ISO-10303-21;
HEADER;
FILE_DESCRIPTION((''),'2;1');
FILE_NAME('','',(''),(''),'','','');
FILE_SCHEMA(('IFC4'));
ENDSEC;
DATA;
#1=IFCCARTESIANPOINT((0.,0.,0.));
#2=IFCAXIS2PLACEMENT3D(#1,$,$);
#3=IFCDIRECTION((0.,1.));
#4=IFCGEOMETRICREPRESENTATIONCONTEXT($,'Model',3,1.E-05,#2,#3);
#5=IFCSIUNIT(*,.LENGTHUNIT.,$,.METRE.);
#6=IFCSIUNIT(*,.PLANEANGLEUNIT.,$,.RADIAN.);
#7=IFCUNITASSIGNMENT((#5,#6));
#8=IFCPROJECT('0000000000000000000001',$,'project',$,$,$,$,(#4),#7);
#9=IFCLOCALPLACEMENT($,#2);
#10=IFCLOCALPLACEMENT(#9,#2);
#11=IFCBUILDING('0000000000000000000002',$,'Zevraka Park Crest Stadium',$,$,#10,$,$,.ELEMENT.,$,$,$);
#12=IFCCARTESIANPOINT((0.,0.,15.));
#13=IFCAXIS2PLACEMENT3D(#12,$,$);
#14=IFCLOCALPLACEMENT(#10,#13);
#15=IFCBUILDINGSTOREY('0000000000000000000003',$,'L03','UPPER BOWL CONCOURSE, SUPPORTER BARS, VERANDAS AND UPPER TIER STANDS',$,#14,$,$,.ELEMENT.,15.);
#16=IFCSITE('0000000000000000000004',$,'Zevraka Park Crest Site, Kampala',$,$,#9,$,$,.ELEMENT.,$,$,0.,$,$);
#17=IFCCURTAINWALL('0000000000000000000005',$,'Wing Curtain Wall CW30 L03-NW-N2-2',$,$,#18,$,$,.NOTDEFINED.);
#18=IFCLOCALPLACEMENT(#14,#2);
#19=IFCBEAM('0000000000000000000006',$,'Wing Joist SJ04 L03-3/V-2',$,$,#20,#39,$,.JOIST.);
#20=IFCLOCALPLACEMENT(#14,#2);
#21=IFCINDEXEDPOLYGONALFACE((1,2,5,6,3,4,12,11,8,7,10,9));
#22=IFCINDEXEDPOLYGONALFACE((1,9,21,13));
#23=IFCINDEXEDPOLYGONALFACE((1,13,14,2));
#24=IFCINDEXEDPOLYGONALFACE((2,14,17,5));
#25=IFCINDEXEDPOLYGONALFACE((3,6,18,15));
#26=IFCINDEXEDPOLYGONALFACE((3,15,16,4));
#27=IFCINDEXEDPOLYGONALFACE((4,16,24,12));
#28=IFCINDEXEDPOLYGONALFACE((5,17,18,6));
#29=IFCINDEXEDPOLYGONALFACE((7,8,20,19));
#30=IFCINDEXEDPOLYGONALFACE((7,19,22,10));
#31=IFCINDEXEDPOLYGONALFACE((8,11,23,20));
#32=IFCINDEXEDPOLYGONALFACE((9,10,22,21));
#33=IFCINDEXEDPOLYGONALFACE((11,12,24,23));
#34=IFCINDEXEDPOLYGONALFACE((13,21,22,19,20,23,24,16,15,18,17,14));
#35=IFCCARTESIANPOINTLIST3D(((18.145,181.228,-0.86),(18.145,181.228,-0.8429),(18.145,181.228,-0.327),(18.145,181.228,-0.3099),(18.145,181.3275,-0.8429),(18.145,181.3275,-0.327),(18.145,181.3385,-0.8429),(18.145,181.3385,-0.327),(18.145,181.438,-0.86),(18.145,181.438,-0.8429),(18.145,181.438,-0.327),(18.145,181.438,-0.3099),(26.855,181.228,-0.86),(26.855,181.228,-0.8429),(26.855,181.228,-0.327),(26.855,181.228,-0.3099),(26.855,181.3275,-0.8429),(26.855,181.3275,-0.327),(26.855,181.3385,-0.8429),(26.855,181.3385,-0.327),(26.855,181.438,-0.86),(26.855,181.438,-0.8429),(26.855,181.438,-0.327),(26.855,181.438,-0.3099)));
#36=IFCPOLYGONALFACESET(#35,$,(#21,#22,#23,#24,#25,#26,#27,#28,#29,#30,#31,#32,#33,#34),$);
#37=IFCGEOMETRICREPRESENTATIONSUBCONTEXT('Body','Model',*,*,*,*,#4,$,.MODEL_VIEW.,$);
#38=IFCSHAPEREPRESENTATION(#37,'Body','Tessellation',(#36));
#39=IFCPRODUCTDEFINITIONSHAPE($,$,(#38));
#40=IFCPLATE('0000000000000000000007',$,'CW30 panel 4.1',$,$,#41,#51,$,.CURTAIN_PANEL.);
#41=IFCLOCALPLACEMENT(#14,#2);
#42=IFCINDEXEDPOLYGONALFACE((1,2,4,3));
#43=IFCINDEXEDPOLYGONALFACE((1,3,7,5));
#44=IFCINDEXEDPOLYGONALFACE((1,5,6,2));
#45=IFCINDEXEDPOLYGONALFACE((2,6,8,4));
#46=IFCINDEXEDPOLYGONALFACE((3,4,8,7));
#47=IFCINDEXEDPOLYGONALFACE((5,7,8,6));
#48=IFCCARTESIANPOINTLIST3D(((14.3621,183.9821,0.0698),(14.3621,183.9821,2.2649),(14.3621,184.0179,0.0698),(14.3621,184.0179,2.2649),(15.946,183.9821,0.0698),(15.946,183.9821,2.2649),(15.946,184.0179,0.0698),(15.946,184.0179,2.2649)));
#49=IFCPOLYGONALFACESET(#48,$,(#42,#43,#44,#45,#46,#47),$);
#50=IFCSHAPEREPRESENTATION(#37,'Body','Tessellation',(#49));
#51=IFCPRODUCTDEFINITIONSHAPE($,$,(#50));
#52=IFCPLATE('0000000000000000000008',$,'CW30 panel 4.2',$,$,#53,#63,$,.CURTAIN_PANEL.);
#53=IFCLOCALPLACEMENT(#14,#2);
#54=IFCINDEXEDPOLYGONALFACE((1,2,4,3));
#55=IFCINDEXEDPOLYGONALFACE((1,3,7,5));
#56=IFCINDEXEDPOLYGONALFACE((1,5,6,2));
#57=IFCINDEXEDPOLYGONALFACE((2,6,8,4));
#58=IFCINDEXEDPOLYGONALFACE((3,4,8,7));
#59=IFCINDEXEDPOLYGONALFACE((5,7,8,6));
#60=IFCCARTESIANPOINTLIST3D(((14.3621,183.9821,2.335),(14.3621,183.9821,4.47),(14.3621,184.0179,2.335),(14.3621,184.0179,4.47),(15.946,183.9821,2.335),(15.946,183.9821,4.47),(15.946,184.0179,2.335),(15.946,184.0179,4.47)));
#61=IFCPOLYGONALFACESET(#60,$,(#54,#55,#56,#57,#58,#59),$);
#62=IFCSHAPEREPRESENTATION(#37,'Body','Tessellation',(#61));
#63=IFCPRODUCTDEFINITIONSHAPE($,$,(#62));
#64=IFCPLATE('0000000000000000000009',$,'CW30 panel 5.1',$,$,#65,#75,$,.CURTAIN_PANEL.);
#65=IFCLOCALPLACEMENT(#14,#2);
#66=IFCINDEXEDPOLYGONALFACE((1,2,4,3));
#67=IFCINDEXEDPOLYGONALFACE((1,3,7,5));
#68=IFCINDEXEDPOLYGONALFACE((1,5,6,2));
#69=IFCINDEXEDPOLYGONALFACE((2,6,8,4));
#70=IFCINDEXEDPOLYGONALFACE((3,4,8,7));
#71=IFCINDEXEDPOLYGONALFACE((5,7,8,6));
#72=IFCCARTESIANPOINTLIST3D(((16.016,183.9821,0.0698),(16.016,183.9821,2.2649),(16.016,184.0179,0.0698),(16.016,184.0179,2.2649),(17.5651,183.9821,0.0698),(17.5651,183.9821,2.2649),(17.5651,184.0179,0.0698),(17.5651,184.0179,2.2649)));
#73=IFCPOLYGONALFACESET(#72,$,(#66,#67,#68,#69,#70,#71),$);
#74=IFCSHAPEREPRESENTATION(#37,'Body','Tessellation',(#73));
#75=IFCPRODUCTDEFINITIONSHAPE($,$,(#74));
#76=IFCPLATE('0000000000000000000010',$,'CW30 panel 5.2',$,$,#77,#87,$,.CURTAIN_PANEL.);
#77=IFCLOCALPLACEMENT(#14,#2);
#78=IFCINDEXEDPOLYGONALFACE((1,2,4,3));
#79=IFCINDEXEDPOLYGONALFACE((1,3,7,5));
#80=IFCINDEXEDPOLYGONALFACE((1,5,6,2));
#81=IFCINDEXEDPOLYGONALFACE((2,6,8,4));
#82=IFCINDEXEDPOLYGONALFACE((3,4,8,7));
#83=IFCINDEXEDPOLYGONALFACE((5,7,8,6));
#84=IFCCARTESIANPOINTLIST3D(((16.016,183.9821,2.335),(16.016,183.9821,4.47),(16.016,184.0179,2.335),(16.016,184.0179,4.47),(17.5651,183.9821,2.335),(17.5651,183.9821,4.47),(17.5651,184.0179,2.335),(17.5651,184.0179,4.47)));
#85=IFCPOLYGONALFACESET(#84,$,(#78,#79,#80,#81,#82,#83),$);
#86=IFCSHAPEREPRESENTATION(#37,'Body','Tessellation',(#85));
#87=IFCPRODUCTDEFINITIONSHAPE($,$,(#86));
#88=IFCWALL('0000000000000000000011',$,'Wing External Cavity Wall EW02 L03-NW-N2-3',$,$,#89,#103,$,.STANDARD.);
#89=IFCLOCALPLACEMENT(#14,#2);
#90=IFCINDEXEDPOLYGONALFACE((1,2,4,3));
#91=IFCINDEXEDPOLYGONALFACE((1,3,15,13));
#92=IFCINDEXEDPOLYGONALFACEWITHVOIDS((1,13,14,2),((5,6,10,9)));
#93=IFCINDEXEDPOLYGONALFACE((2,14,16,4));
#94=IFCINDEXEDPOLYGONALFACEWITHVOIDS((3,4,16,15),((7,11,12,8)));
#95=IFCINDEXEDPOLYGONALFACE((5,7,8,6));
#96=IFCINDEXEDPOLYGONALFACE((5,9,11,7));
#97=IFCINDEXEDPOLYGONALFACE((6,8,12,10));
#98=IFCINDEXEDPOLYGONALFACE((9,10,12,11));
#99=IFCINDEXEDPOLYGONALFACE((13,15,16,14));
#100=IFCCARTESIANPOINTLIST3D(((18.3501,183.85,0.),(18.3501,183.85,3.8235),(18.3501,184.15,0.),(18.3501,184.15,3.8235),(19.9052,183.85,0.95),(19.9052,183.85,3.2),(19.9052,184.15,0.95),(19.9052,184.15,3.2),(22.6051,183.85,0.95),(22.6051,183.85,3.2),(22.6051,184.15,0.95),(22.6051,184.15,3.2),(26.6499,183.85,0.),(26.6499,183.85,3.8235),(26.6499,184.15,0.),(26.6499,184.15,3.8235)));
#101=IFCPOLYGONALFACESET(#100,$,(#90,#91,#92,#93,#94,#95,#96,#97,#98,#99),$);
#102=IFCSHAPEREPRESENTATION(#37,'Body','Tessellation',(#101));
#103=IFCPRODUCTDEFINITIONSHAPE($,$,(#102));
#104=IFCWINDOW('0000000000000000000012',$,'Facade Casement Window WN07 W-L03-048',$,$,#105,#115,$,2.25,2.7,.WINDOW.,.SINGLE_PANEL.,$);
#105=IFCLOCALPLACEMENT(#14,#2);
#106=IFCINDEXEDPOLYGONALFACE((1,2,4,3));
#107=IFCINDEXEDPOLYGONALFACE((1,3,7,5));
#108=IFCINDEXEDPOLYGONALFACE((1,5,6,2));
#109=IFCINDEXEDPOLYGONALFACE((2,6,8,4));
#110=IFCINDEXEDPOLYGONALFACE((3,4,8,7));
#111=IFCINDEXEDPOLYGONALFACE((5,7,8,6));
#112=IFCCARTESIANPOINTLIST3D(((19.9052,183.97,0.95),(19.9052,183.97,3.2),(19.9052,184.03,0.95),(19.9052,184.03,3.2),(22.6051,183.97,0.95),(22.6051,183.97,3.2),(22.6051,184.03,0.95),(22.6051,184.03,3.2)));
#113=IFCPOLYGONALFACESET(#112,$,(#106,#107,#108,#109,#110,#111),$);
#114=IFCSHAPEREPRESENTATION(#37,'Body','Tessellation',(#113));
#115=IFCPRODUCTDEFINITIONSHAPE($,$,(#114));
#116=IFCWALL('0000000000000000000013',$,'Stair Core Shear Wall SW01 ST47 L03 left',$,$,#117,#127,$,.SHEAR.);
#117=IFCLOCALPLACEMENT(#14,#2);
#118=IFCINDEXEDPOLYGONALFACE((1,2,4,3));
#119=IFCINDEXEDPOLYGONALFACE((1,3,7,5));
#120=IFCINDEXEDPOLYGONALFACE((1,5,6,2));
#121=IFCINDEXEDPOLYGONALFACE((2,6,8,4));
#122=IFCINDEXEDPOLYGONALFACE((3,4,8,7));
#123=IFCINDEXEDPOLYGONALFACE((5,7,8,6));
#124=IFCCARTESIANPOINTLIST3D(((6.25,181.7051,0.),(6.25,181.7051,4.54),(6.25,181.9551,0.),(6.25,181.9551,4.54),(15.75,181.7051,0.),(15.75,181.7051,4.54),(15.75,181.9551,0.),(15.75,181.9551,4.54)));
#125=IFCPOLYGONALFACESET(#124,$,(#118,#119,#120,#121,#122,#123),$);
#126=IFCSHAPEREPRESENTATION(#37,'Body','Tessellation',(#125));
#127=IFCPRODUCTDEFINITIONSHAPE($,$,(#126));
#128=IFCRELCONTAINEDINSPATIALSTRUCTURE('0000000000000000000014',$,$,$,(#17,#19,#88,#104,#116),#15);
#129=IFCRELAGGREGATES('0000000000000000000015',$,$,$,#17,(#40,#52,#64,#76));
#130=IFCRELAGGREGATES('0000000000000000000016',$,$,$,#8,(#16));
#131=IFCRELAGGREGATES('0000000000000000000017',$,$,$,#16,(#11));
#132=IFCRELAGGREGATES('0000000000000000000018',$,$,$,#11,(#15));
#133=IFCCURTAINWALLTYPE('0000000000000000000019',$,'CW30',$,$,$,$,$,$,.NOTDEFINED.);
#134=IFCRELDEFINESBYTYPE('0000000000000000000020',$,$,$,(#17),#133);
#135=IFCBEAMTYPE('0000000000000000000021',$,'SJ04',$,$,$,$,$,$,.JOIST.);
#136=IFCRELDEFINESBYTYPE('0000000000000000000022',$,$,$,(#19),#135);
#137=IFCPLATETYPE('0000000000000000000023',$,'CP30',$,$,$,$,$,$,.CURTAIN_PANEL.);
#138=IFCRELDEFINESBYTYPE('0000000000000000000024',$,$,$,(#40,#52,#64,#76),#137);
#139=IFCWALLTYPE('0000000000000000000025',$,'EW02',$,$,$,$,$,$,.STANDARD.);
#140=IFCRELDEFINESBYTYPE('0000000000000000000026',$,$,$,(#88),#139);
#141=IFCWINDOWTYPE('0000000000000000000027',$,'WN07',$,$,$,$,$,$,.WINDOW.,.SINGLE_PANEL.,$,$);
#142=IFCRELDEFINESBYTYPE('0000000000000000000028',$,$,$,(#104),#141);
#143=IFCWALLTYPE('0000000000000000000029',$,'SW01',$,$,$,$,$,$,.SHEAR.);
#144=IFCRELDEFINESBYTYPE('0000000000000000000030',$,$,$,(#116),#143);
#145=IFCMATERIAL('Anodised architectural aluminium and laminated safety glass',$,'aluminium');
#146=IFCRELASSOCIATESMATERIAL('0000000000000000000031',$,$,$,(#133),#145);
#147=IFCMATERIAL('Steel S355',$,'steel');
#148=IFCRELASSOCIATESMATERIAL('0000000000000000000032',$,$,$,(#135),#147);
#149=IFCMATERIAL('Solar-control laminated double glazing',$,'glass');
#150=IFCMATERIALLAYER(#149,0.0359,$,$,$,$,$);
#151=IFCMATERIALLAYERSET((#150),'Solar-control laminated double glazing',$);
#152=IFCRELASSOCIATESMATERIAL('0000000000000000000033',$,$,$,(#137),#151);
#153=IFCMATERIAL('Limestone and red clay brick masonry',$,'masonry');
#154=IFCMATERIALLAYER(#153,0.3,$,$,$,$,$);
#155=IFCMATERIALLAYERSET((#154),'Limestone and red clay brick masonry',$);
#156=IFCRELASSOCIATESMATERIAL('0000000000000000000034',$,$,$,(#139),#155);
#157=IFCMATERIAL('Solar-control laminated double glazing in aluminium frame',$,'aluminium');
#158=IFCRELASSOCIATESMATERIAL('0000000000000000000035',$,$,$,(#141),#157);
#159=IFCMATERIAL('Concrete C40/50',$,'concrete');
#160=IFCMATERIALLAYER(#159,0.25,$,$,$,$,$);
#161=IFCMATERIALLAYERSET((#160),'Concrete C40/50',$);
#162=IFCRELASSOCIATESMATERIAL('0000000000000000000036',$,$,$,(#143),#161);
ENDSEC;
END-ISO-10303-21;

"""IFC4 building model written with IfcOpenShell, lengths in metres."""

from ifc_helpers import new_model, si_unit, direction, frame, frame_2d, origin, origin_2d, place, context, subcontext, project, spatial, rectangle, i_section, extrude, material, layer, layer_set, material_profile, profile_set, type_object, element, fill, aggregate, save


model = new_model("IFC4")

# Units and contexts
model_context = context("Model", 3, precision=1e-05, world=origin(), true_north=direction((0.0, 1.0)))
body_context = subcontext(model_context, "Body", "Model", "MODEL_VIEW")
ifc_project = project(units=[si_unit("LENGTHUNIT", "METRE"), si_unit("PLANEANGLEUNIT", "RADIAN")], contexts=[model_context])

# Site, building, storey
site_placement = place(None, origin())
site = spatial("IfcSite", under=ifc_project, at=site_placement, Name="Zevraka Park Crest Site, Kampala", CompositionType="ELEMENT", RefElevation=0.0)
building_placement = place(site_placement, origin())
building = spatial("IfcBuilding", under=site, at=building_placement, Name="Zevraka Park Crest Stadium", CompositionType="ELEMENT")
storey_placement = place(building_placement, frame((0.0, 0.0, 15.0)))
storey = spatial("IfcBuildingStorey", under=building, at=storey_placement, Name="L03", Description="UPPER BOWL CONCOURSE, SUPPORTER BARS, VERANDAS AND UPPER TIER STANDS", CompositionType="ELEMENT", Elevation=15.0)

# Curtain wall
ifc_material_1 = material(Name="Anodised architectural aluminium and laminated safety glass", Category="aluminium")
curtain_wall_type = type_object("IfcCurtainWallType", Name="CW30", PredefinedType="NOTDEFINED", material=ifc_material_1)
curtain_wall_placement = place(storey_placement, origin())
curtain_wall = element("IfcCurtainWall", 1, at=curtain_wall_placement, inside=storey, type_object=curtain_wall_type, Name="Wing Curtain Wall CW30 L03-NW-N2-2", PredefinedType="NOTDEFINED")

# Beam
ifc_material_2 = material(Name="Steel S355", Category="steel")
ifc_material_profile_1 = material_profile(ifc_material_2, i_section(OverallWidth=0.21, OverallDepth=0.55, WebThickness=0.011, FlangeThickness=0.0171, at=origin_2d()), Name="IPE 550")
ifc_profile_set_1 = profile_set([ifc_material_profile_1], Name="Steel S355")
beam_type_1 = type_object("IfcBeamType", Name="SJ04", PredefinedType="JOIST", material=ifc_profile_set_1)
for number, where, z_axis, x_axis, name in (
    (2, (18.145, 181.333, -0.585), (1.0, 0.0, 0.0), (0.0, 1.0, 0.0), "Wing Joist SJ04 L03-3/V-2"),
):
    element("IfcBeam", number, at=place(storey_placement, frame(where, z_axis=z_axis, x_axis=x_axis)), inside=storey, type_object=beam_type_1, Name=name, PredefinedType="JOIST", context=body_context, shape_type="SweptSolid", body=[
        extrude(i_section(OverallWidth=0.21, OverallDepth=0.55, WebThickness=0.011, FlangeThickness=0.0171, at=origin_2d()), origin(), (0.0, 0.0, 1.0), 8.71),
    ])

# Plates
ifc_material_3 = material(Name="Solar-control laminated double glazing", Category="glass")
ifc_layer_1 = layer(ifc_material_3, 0.0359)
ifc_layer_set_1 = layer_set([ifc_layer_1], Name="Solar-control laminated double glazing")
plate_type = type_object("IfcPlateType", Name="CP30", PredefinedType="CURTAIN_PANEL", material=ifc_layer_set_1)
plate_1_placement = place(storey_placement, frame((15.1541, 184.0, 0.0698), z_axis=(0.0, 0.0, 1.0), x_axis=(1.0, 0.0, 0.0)))
plate_1 = element("IfcPlate", 3, at=plate_1_placement, type_object=plate_type, Name="CW30 panel 4.1", PredefinedType="CURTAIN_PANEL", context=body_context, shape_type="SweptSolid", body=[
    extrude(rectangle(XDim=1.584, YDim=0.0359, at=origin_2d()), origin(), (0.0, 0.0, 1.0), 2.1951),
])
plate_2_placement = place(storey_placement, frame((15.1541, 184.0, 2.335), z_axis=(0.0, 0.0, 1.0), x_axis=(1.0, 0.0, 0.0)))
plate_2 = element("IfcPlate", 4, at=plate_2_placement, type_object=plate_type, Name="CW30 panel 4.2", PredefinedType="CURTAIN_PANEL", context=body_context, shape_type="SweptSolid", body=[
    extrude(rectangle(XDim=1.584, YDim=0.0359, at=origin_2d()), origin(), (0.0, 0.0, 1.0), 2.135),
])
plate_3_placement = place(storey_placement, frame((16.7905, 184.0, 0.0698), z_axis=(0.0, 0.0, 1.0), x_axis=(1.0, 0.0, 0.0)))
plate_3 = element("IfcPlate", 5, at=plate_3_placement, type_object=plate_type, Name="CW30 panel 5.1", PredefinedType="CURTAIN_PANEL", context=body_context, shape_type="SweptSolid", body=[
    extrude(rectangle(XDim=1.5491, YDim=0.0359, at=origin_2d()), origin(), (0.0, 0.0, 1.0), 2.1951),
])
plate_4_placement = place(storey_placement, frame((16.7905, 184.0, 2.335), z_axis=(0.0, 0.0, 1.0), x_axis=(1.0, 0.0, 0.0)))
plate_4 = element("IfcPlate", 6, at=plate_4_placement, type_object=plate_type, Name="CW30 panel 5.2", PredefinedType="CURTAIN_PANEL", context=body_context, shape_type="SweptSolid", body=[
    extrude(rectangle(XDim=1.5491, YDim=0.0359, at=origin_2d()), origin(), (0.0, 0.0, 1.0), 2.135),
])
aggregate(curtain_wall, [plate_1, plate_2, plate_3, plate_4])

# Wall, opening, window
ifc_material_4 = material(Name="Limestone and red clay brick masonry", Category="masonry")
ifc_layer_2 = layer(ifc_material_4, 0.3)
ifc_layer_set_2 = layer_set([ifc_layer_2], Name="Limestone and red clay brick masonry")
wall_type_1 = type_object("IfcWallType", Name="EW02", PredefinedType="STANDARD", material=ifc_layer_set_2)
wall_1_placement = place(storey_placement, frame((18.3501, 184.0, 0.0), z_axis=(0.0, 0.0, 1.0), x_axis=(1.0, 0.0, 0.0)))
wall_1 = element("IfcWall", 7, at=wall_1_placement, inside=storey, type_object=wall_type_1, Name="Wing External Cavity Wall EW02 L03-NW-N2-3", PredefinedType="STANDARD", context=body_context, shape_type="SweptSolid", body=[
    extrude(rectangle(XDim=8.2998, YDim=0.3, at=frame_2d((4.1499, 0.0))), origin(), (0.0, 0.0, 1.0), 3.8235),
])
opening_placement = place(wall_1_placement, frame((1.5549, 0.0, 0.95)))
opening = element("IfcOpeningElement", 8, at=opening_placement, cuts=wall_1, PredefinedType="OPENING", context=body_context, shape_type="SweptSolid", body=[
    extrude(rectangle(XDim=2.7, YDim=2.25, at=frame_2d((1.3501, 1.125))), frame((0.0, 0.1599, 0.0), z_axis=(0.0, -1.0, 0.0), x_axis=(1.0, 0.0, 0.0)), (0.0, 0.0, 1.0), 0.3201),
])
ifc_material_5 = material(Name="Solar-control laminated double glazing in aluminium frame", Category="aluminium")
window_type = type_object("IfcWindowType", Name="WN07", PartitioningType="SINGLE_PANEL", PredefinedType="WINDOW", material=ifc_material_5)
window_placement = place(opening_placement, origin())
window = element("IfcWindow", 9, at=window_placement, inside=storey, type_object=window_type, Name="Facade Casement Window WN07 W-L03-048", OverallHeight=2.25, OverallWidth=2.7, PartitioningType="SINGLE_PANEL", PredefinedType="WINDOW", context=body_context, shape_type="SweptSolid", body=[
    extrude(rectangle(XDim=2.7, YDim=2.25, at=frame_2d((1.3501, 1.125))), frame((0.0, 0.03, 0.0), z_axis=(0.0, -1.0, 0.0), x_axis=(1.0, 0.0, 0.0)), (0.0, 0.0, 1.0), 0.0601),
])
fill(opening, window)

# Wall
ifc_material_6 = material(Name="Concrete C40/50", Category="concrete")
ifc_layer_3 = layer(ifc_material_6, 0.25)
ifc_layer_set_3 = layer_set([ifc_layer_3], Name="Concrete C40/50")
wall_type_2 = type_object("IfcWallType", Name="SW01", PredefinedType="SHEAR", material=ifc_layer_set_3)
wall_2_placement = place(storey_placement, frame((15.75, 181.8301, 0.0), z_axis=(0.0, 0.0, 1.0), x_axis=(-1.0, 0.0, 0.0)))
element("IfcWall", 10, at=wall_2_placement, inside=storey, type_object=wall_type_2, Name="Stair Core Shear Wall SW01 ST47 L03 left", PredefinedType="SHEAR", context=body_context, shape_type="SweptSolid", body=[
    extrude(rectangle(XDim=9.5, YDim=0.25, at=frame_2d((4.75, 0.0))), origin(), (0.0, 0.0, 1.0), 4.54),
])

save(model, "model.ifc")
